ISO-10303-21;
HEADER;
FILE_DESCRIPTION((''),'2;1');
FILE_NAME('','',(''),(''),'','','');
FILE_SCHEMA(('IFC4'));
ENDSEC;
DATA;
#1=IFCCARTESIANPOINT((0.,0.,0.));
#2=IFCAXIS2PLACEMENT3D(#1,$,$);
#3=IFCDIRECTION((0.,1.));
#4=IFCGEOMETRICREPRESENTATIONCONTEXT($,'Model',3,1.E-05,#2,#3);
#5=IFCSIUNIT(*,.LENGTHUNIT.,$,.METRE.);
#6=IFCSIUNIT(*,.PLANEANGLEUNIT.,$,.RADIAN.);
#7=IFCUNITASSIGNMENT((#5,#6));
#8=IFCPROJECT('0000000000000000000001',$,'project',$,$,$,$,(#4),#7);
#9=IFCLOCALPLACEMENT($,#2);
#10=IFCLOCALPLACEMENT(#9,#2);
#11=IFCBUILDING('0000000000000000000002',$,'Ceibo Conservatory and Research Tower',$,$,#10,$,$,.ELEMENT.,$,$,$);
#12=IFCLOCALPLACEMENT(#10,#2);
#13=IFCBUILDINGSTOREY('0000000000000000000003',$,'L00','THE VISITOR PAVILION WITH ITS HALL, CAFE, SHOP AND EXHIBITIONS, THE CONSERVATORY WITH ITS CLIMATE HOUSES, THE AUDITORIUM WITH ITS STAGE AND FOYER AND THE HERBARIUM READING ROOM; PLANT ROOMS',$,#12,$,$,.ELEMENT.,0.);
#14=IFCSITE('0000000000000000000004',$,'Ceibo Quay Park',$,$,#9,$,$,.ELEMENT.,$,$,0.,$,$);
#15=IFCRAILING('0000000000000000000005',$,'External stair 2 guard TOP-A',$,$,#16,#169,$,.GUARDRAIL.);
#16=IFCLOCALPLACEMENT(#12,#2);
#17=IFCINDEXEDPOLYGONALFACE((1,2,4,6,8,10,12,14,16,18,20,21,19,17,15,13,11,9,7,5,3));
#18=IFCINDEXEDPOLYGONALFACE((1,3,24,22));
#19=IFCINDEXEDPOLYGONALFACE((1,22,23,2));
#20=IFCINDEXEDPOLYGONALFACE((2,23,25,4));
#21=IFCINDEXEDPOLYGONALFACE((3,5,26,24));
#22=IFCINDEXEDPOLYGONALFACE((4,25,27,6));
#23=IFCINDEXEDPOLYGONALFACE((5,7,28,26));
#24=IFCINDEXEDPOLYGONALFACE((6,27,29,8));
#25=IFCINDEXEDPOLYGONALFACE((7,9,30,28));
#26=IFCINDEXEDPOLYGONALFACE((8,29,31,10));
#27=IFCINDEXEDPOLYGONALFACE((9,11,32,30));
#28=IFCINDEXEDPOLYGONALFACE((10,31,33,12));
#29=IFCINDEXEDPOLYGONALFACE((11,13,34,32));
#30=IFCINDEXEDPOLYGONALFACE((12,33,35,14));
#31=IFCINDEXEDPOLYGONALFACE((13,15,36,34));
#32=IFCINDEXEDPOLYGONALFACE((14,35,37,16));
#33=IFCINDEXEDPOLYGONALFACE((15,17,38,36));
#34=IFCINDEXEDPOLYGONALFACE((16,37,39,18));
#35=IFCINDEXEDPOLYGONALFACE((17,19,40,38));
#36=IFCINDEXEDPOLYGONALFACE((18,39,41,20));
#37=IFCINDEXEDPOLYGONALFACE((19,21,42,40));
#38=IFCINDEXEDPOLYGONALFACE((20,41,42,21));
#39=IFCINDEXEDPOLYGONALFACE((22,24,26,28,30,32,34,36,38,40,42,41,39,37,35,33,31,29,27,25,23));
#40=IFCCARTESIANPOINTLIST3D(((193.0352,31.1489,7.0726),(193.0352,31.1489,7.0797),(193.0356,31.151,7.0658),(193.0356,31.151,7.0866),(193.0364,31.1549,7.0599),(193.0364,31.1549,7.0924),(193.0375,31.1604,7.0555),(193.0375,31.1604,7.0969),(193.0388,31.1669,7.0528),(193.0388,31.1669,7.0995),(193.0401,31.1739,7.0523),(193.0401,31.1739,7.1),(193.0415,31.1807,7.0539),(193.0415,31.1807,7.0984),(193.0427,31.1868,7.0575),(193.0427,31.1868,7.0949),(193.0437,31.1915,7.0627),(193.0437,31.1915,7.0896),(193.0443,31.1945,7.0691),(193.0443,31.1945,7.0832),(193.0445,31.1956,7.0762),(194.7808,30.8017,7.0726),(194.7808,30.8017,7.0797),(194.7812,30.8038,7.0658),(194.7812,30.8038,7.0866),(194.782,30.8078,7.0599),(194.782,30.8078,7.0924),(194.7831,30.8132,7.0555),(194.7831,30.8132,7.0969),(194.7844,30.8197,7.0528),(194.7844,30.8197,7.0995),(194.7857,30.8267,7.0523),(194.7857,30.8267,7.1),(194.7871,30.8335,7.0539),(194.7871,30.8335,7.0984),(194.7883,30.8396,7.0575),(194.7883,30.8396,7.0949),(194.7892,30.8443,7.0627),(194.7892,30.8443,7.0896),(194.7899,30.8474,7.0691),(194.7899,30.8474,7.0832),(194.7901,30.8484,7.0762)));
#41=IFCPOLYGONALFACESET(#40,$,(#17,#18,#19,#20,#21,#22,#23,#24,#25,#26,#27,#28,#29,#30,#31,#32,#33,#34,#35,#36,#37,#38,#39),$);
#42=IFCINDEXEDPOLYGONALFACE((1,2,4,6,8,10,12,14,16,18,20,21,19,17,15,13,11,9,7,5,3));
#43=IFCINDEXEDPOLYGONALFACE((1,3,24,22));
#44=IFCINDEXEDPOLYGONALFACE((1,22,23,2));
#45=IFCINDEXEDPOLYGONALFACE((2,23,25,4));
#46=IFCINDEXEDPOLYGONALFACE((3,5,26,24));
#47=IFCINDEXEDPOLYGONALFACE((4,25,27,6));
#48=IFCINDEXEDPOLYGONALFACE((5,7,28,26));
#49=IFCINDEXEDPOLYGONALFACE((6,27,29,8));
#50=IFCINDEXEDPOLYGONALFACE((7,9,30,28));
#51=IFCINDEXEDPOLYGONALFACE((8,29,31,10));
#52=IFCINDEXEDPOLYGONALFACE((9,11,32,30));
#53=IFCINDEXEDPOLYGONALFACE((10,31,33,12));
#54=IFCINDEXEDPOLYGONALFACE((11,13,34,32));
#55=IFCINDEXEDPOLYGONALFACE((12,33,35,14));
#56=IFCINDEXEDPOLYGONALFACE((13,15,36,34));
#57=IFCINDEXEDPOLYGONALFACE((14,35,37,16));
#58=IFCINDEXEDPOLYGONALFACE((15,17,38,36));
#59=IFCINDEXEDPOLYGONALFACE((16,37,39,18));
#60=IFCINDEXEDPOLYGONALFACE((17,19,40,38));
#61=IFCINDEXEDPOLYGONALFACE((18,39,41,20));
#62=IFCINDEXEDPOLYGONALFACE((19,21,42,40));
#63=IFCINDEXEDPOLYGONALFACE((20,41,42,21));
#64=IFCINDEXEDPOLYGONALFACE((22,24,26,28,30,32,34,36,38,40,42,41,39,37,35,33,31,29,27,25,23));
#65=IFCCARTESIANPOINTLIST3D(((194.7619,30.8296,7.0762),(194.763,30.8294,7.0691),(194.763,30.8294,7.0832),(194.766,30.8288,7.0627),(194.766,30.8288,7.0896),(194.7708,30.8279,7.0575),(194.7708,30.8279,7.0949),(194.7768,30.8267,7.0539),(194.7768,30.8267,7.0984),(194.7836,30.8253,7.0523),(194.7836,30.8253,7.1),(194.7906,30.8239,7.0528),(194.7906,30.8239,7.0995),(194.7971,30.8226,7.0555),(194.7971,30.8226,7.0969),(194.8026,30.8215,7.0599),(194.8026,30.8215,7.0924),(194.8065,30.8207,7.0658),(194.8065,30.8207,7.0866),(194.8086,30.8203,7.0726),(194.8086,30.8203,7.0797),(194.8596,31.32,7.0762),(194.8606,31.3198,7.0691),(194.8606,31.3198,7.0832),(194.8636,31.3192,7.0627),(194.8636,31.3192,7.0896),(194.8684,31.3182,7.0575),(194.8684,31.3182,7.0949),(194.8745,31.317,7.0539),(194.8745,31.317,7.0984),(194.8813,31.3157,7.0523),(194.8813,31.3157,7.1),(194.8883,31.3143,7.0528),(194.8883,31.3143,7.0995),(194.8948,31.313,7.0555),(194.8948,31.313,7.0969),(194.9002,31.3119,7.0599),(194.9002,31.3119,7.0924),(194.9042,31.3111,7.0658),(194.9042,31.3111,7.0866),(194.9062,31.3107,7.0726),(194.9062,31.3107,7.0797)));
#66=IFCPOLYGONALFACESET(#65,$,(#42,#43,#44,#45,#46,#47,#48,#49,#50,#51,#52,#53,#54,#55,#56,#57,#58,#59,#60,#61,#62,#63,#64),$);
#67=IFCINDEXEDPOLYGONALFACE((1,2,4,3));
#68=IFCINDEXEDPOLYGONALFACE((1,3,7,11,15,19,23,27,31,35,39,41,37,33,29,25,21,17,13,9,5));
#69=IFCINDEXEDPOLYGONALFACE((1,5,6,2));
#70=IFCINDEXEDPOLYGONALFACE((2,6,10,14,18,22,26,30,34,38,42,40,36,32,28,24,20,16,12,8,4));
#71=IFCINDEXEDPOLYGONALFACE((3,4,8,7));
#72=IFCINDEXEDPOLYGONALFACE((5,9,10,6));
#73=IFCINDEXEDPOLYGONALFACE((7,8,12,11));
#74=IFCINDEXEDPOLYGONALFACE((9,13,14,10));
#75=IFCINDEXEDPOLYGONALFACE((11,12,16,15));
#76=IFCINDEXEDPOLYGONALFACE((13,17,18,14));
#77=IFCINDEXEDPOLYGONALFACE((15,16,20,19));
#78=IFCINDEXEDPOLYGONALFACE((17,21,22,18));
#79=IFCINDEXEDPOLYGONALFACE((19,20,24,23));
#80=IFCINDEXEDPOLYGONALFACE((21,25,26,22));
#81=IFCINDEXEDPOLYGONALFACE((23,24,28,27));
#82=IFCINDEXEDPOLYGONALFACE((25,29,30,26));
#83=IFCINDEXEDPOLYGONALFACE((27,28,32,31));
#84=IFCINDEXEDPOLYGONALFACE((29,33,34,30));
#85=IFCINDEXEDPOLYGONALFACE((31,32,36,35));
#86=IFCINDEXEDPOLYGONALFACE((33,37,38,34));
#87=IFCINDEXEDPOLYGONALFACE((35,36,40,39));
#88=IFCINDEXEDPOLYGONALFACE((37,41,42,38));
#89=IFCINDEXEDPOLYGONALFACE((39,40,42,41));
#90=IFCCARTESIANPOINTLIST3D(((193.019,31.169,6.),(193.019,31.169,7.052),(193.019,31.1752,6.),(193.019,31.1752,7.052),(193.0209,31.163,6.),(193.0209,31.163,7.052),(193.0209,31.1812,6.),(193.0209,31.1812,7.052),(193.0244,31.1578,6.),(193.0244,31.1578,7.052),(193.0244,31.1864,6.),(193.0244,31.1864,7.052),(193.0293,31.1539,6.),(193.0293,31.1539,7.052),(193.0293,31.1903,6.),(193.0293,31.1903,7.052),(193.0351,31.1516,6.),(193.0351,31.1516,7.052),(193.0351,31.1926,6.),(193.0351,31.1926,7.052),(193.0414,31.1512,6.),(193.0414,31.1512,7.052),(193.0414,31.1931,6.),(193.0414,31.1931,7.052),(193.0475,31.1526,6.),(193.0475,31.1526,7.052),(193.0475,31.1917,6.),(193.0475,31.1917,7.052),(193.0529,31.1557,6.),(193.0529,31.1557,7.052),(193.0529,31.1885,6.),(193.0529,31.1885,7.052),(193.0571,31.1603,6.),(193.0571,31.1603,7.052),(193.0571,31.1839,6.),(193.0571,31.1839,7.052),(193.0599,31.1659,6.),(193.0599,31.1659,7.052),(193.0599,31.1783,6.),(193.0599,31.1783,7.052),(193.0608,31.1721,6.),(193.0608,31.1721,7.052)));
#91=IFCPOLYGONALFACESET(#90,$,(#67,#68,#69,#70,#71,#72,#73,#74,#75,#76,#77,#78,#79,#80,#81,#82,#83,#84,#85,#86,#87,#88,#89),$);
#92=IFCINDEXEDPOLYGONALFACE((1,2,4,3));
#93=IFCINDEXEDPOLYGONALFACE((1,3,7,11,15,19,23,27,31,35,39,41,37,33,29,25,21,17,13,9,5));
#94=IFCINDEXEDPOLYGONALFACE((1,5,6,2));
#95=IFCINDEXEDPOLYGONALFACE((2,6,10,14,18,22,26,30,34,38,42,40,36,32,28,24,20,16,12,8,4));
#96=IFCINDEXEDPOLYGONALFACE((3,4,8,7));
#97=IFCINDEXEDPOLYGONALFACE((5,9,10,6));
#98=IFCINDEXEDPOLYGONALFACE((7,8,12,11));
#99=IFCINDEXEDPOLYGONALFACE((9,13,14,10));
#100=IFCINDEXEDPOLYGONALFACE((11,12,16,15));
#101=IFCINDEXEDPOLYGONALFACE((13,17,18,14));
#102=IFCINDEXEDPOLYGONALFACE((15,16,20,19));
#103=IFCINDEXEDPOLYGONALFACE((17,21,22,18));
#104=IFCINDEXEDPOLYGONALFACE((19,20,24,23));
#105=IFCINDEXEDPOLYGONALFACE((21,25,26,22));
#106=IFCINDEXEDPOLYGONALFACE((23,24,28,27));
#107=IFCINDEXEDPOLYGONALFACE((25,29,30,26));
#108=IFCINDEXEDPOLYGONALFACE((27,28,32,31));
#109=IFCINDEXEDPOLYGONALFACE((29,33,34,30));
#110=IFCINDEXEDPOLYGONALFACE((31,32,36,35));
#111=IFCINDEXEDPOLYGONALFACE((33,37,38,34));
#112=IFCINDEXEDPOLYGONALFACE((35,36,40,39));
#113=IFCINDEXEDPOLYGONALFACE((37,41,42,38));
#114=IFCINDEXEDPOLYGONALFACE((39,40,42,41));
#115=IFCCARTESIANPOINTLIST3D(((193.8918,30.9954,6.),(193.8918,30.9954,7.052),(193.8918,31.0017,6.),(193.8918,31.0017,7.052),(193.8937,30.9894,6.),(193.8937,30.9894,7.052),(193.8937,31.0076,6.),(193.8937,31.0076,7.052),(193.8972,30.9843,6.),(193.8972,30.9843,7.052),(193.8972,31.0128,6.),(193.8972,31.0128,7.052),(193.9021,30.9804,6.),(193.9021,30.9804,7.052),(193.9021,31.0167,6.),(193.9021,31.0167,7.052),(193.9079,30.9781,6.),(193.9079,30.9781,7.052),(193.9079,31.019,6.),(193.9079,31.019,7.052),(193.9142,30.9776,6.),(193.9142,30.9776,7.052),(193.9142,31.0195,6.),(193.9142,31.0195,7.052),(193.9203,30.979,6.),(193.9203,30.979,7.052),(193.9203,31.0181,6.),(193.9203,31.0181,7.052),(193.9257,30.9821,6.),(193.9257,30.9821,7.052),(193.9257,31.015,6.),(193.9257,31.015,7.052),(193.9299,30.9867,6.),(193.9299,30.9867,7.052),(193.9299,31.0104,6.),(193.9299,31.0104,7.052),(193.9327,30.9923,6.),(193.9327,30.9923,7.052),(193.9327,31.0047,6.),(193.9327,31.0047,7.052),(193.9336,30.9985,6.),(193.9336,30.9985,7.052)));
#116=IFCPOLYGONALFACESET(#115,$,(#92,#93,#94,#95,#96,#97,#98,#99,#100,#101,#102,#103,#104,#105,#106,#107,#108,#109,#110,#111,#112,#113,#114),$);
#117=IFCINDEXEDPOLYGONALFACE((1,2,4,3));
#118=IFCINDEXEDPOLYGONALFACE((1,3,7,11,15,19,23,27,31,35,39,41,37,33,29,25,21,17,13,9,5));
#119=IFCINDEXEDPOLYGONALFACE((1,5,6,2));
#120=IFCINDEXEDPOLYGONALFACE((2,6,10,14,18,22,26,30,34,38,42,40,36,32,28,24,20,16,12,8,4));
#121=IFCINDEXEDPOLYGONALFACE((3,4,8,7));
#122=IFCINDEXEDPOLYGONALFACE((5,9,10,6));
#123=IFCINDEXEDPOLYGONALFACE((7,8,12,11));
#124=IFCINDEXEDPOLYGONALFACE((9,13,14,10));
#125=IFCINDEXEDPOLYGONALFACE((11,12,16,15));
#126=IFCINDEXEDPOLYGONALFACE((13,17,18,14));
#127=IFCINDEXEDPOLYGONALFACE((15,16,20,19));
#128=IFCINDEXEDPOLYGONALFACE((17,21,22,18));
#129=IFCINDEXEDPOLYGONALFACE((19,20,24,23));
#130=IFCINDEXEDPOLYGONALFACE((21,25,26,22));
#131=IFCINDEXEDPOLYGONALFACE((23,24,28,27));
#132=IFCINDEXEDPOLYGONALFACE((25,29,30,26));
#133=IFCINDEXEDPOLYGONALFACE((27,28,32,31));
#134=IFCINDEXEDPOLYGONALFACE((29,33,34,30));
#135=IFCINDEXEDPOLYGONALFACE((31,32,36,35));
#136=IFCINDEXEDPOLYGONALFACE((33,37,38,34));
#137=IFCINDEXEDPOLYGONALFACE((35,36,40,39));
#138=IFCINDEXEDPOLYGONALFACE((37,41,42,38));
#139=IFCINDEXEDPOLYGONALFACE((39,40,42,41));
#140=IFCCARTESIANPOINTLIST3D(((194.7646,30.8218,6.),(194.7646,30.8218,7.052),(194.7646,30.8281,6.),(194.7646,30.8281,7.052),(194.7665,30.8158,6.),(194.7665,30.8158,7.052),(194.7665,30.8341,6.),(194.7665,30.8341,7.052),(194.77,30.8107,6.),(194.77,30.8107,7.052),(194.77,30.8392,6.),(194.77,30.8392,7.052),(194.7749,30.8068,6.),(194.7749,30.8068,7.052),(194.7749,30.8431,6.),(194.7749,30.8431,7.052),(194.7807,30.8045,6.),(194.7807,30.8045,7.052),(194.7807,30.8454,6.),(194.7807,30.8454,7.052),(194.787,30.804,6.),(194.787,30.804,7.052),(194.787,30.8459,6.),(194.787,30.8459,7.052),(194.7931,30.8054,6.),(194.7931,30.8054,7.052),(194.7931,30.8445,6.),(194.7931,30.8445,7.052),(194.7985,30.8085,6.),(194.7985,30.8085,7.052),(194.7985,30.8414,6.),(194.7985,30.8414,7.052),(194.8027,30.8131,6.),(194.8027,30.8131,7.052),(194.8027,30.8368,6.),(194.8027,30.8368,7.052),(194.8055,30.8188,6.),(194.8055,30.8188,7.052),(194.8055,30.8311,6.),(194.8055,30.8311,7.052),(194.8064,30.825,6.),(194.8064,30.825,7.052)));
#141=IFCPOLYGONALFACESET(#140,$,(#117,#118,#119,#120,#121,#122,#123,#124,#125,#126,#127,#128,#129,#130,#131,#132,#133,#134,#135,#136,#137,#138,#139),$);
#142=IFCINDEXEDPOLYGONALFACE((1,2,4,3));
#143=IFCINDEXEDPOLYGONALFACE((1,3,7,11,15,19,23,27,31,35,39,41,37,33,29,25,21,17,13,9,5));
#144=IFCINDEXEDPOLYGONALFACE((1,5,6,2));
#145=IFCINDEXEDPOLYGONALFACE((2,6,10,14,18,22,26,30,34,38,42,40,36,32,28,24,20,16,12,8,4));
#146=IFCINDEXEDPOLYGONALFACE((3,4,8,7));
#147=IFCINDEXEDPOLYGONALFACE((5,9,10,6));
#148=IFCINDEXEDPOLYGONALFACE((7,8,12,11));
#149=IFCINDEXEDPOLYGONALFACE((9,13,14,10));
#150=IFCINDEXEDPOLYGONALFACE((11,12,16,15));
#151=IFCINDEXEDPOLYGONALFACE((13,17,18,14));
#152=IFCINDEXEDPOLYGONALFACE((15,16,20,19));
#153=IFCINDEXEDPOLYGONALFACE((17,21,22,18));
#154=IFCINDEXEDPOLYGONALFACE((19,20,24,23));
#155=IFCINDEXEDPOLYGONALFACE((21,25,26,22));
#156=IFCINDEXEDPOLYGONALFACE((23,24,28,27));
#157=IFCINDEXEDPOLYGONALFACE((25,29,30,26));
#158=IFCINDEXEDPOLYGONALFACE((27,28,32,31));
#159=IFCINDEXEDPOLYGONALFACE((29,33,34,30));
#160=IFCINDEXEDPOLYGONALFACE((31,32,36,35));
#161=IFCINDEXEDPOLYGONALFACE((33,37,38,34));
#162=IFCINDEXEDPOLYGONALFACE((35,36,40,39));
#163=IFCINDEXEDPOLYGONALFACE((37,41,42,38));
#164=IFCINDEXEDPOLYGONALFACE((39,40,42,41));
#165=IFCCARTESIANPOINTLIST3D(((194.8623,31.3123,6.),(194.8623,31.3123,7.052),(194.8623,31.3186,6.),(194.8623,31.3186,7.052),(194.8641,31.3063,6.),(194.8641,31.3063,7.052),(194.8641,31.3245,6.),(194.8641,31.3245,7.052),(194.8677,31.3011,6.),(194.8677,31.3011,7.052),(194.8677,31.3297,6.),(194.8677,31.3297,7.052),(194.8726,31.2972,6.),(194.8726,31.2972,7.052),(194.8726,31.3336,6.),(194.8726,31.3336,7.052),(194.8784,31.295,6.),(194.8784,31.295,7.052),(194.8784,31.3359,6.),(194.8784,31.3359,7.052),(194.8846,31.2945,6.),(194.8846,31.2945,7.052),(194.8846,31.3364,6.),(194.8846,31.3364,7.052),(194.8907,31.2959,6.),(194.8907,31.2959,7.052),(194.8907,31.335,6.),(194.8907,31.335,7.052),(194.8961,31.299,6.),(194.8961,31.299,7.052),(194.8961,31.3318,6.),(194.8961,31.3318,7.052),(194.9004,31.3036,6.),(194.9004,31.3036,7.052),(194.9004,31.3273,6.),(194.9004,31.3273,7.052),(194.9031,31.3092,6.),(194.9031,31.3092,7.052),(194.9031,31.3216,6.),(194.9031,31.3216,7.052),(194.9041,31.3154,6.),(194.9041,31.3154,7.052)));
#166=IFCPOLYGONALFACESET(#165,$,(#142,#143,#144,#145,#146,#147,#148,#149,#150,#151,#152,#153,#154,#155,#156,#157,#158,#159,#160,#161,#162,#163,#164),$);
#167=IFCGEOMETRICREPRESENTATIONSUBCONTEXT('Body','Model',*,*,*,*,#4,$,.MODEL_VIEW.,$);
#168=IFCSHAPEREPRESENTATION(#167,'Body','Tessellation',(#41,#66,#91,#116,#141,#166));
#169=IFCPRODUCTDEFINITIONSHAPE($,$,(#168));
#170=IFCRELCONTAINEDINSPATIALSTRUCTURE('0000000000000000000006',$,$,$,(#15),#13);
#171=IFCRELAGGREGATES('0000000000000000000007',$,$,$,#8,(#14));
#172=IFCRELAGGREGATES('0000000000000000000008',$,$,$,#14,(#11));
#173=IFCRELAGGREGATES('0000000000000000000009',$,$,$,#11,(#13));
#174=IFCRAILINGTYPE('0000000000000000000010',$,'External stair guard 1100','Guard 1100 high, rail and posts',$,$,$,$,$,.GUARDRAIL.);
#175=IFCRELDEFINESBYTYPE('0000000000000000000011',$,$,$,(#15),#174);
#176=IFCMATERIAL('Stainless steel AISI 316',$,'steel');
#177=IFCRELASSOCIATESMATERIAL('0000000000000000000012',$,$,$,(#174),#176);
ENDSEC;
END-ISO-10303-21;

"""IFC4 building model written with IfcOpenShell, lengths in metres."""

from ifc_helpers import new_model, si_unit, direction, frame, origin, origin_2d, place, context, subcontext, project, spatial, circle, extrude, material, type_object, element, save


model = new_model("IFC4")

# Units and contexts
model_context = context("Model", 3, precision=1e-05, world=origin(), true_north=direction((0.0, 1.0)))
body_context = subcontext(model_context, "Body", "Model", "MODEL_VIEW")
ifc_project = project(units=[si_unit("LENGTHUNIT", "METRE"), si_unit("PLANEANGLEUNIT", "RADIAN")], contexts=[model_context])

# Site, building, storey
site_placement = place(None, origin())
site = spatial("IfcSite", under=ifc_project, at=site_placement, Name="Ceibo Quay Park", CompositionType="ELEMENT", RefElevation=0.0)
building_placement = place(site_placement, origin())
building = spatial("IfcBuilding", under=site, at=building_placement, Name="Ceibo Conservatory and Research Tower", CompositionType="ELEMENT")
storey_placement = place(building_placement, origin())
storey = spatial("IfcBuildingStorey", under=building, at=storey_placement, Name="L00", Description="THE VISITOR PAVILION WITH ITS HALL, CAFE, SHOP AND EXHIBITIONS, THE CONSERVATORY WITH ITS CLIMATE HOUSES, THE AUDITORIUM WITH ITS STAGE AND FOYER AND THE HERBARIUM READING ROOM; PLANT ROOMS", CompositionType="ELEMENT", Elevation=0.0)

# Railing
ifc_material_1 = material(Name="Stainless steel AISI 316", Category="steel")
railing_type = type_object("IfcRailingType", Name="External stair guard 1100", Description="Guard 1100 high, rail and posts", PredefinedType="GUARDRAIL", material=ifc_material_1)
railing_1_placement = place(storey_placement, frame((193.0398, 31.1721, 6.0)))
element("IfcRailing", 1, at=railing_1_placement, inside=storey, type_object=railing_type, Name="External stair 2 guard TOP-A", PredefinedType="GUARDRAIL", context=body_context, shape_type="SweptSolid", body=[
    extrude(circle(Radius=0.0239, at=origin_2d()), frame((0.0, 0.0, 1.0762), z_axis=(0.980791, -0.195061, 0.0), x_axis=(0.195061, 0.980791, 0.0)), (0.0, 0.0, 1.0), 1.7798),
    extrude(circle(Radius=0.0239, at=origin_2d()), frame((1.7456, -0.3472, 1.0762), z_axis=(0.195271, 0.980749, 0.0), x_axis=(-0.980749, 0.195271, 0.0)), (0.0, 0.0, 1.0), 0.5),
    extrude(circle(Radius=0.021, at=origin_2d()), origin(), (0.0, 0.0, 1.0), 1.052),
    extrude(circle(Radius=0.021, at=origin_2d()), frame((0.8728, -0.1736, 0.0)), (0.0, 0.0, 1.0), 1.052),
    extrude(circle(Radius=0.021, at=origin_2d()), frame((1.7456, -0.3472, 0.0)), (0.0, 0.0, 1.0), 1.052),
    extrude(circle(Radius=0.021, at=origin_2d()), frame((1.8433, 0.1433, 0.0)), (0.0, 0.0, 1.0), 1.052),
])

save(model, "model.ifc")
